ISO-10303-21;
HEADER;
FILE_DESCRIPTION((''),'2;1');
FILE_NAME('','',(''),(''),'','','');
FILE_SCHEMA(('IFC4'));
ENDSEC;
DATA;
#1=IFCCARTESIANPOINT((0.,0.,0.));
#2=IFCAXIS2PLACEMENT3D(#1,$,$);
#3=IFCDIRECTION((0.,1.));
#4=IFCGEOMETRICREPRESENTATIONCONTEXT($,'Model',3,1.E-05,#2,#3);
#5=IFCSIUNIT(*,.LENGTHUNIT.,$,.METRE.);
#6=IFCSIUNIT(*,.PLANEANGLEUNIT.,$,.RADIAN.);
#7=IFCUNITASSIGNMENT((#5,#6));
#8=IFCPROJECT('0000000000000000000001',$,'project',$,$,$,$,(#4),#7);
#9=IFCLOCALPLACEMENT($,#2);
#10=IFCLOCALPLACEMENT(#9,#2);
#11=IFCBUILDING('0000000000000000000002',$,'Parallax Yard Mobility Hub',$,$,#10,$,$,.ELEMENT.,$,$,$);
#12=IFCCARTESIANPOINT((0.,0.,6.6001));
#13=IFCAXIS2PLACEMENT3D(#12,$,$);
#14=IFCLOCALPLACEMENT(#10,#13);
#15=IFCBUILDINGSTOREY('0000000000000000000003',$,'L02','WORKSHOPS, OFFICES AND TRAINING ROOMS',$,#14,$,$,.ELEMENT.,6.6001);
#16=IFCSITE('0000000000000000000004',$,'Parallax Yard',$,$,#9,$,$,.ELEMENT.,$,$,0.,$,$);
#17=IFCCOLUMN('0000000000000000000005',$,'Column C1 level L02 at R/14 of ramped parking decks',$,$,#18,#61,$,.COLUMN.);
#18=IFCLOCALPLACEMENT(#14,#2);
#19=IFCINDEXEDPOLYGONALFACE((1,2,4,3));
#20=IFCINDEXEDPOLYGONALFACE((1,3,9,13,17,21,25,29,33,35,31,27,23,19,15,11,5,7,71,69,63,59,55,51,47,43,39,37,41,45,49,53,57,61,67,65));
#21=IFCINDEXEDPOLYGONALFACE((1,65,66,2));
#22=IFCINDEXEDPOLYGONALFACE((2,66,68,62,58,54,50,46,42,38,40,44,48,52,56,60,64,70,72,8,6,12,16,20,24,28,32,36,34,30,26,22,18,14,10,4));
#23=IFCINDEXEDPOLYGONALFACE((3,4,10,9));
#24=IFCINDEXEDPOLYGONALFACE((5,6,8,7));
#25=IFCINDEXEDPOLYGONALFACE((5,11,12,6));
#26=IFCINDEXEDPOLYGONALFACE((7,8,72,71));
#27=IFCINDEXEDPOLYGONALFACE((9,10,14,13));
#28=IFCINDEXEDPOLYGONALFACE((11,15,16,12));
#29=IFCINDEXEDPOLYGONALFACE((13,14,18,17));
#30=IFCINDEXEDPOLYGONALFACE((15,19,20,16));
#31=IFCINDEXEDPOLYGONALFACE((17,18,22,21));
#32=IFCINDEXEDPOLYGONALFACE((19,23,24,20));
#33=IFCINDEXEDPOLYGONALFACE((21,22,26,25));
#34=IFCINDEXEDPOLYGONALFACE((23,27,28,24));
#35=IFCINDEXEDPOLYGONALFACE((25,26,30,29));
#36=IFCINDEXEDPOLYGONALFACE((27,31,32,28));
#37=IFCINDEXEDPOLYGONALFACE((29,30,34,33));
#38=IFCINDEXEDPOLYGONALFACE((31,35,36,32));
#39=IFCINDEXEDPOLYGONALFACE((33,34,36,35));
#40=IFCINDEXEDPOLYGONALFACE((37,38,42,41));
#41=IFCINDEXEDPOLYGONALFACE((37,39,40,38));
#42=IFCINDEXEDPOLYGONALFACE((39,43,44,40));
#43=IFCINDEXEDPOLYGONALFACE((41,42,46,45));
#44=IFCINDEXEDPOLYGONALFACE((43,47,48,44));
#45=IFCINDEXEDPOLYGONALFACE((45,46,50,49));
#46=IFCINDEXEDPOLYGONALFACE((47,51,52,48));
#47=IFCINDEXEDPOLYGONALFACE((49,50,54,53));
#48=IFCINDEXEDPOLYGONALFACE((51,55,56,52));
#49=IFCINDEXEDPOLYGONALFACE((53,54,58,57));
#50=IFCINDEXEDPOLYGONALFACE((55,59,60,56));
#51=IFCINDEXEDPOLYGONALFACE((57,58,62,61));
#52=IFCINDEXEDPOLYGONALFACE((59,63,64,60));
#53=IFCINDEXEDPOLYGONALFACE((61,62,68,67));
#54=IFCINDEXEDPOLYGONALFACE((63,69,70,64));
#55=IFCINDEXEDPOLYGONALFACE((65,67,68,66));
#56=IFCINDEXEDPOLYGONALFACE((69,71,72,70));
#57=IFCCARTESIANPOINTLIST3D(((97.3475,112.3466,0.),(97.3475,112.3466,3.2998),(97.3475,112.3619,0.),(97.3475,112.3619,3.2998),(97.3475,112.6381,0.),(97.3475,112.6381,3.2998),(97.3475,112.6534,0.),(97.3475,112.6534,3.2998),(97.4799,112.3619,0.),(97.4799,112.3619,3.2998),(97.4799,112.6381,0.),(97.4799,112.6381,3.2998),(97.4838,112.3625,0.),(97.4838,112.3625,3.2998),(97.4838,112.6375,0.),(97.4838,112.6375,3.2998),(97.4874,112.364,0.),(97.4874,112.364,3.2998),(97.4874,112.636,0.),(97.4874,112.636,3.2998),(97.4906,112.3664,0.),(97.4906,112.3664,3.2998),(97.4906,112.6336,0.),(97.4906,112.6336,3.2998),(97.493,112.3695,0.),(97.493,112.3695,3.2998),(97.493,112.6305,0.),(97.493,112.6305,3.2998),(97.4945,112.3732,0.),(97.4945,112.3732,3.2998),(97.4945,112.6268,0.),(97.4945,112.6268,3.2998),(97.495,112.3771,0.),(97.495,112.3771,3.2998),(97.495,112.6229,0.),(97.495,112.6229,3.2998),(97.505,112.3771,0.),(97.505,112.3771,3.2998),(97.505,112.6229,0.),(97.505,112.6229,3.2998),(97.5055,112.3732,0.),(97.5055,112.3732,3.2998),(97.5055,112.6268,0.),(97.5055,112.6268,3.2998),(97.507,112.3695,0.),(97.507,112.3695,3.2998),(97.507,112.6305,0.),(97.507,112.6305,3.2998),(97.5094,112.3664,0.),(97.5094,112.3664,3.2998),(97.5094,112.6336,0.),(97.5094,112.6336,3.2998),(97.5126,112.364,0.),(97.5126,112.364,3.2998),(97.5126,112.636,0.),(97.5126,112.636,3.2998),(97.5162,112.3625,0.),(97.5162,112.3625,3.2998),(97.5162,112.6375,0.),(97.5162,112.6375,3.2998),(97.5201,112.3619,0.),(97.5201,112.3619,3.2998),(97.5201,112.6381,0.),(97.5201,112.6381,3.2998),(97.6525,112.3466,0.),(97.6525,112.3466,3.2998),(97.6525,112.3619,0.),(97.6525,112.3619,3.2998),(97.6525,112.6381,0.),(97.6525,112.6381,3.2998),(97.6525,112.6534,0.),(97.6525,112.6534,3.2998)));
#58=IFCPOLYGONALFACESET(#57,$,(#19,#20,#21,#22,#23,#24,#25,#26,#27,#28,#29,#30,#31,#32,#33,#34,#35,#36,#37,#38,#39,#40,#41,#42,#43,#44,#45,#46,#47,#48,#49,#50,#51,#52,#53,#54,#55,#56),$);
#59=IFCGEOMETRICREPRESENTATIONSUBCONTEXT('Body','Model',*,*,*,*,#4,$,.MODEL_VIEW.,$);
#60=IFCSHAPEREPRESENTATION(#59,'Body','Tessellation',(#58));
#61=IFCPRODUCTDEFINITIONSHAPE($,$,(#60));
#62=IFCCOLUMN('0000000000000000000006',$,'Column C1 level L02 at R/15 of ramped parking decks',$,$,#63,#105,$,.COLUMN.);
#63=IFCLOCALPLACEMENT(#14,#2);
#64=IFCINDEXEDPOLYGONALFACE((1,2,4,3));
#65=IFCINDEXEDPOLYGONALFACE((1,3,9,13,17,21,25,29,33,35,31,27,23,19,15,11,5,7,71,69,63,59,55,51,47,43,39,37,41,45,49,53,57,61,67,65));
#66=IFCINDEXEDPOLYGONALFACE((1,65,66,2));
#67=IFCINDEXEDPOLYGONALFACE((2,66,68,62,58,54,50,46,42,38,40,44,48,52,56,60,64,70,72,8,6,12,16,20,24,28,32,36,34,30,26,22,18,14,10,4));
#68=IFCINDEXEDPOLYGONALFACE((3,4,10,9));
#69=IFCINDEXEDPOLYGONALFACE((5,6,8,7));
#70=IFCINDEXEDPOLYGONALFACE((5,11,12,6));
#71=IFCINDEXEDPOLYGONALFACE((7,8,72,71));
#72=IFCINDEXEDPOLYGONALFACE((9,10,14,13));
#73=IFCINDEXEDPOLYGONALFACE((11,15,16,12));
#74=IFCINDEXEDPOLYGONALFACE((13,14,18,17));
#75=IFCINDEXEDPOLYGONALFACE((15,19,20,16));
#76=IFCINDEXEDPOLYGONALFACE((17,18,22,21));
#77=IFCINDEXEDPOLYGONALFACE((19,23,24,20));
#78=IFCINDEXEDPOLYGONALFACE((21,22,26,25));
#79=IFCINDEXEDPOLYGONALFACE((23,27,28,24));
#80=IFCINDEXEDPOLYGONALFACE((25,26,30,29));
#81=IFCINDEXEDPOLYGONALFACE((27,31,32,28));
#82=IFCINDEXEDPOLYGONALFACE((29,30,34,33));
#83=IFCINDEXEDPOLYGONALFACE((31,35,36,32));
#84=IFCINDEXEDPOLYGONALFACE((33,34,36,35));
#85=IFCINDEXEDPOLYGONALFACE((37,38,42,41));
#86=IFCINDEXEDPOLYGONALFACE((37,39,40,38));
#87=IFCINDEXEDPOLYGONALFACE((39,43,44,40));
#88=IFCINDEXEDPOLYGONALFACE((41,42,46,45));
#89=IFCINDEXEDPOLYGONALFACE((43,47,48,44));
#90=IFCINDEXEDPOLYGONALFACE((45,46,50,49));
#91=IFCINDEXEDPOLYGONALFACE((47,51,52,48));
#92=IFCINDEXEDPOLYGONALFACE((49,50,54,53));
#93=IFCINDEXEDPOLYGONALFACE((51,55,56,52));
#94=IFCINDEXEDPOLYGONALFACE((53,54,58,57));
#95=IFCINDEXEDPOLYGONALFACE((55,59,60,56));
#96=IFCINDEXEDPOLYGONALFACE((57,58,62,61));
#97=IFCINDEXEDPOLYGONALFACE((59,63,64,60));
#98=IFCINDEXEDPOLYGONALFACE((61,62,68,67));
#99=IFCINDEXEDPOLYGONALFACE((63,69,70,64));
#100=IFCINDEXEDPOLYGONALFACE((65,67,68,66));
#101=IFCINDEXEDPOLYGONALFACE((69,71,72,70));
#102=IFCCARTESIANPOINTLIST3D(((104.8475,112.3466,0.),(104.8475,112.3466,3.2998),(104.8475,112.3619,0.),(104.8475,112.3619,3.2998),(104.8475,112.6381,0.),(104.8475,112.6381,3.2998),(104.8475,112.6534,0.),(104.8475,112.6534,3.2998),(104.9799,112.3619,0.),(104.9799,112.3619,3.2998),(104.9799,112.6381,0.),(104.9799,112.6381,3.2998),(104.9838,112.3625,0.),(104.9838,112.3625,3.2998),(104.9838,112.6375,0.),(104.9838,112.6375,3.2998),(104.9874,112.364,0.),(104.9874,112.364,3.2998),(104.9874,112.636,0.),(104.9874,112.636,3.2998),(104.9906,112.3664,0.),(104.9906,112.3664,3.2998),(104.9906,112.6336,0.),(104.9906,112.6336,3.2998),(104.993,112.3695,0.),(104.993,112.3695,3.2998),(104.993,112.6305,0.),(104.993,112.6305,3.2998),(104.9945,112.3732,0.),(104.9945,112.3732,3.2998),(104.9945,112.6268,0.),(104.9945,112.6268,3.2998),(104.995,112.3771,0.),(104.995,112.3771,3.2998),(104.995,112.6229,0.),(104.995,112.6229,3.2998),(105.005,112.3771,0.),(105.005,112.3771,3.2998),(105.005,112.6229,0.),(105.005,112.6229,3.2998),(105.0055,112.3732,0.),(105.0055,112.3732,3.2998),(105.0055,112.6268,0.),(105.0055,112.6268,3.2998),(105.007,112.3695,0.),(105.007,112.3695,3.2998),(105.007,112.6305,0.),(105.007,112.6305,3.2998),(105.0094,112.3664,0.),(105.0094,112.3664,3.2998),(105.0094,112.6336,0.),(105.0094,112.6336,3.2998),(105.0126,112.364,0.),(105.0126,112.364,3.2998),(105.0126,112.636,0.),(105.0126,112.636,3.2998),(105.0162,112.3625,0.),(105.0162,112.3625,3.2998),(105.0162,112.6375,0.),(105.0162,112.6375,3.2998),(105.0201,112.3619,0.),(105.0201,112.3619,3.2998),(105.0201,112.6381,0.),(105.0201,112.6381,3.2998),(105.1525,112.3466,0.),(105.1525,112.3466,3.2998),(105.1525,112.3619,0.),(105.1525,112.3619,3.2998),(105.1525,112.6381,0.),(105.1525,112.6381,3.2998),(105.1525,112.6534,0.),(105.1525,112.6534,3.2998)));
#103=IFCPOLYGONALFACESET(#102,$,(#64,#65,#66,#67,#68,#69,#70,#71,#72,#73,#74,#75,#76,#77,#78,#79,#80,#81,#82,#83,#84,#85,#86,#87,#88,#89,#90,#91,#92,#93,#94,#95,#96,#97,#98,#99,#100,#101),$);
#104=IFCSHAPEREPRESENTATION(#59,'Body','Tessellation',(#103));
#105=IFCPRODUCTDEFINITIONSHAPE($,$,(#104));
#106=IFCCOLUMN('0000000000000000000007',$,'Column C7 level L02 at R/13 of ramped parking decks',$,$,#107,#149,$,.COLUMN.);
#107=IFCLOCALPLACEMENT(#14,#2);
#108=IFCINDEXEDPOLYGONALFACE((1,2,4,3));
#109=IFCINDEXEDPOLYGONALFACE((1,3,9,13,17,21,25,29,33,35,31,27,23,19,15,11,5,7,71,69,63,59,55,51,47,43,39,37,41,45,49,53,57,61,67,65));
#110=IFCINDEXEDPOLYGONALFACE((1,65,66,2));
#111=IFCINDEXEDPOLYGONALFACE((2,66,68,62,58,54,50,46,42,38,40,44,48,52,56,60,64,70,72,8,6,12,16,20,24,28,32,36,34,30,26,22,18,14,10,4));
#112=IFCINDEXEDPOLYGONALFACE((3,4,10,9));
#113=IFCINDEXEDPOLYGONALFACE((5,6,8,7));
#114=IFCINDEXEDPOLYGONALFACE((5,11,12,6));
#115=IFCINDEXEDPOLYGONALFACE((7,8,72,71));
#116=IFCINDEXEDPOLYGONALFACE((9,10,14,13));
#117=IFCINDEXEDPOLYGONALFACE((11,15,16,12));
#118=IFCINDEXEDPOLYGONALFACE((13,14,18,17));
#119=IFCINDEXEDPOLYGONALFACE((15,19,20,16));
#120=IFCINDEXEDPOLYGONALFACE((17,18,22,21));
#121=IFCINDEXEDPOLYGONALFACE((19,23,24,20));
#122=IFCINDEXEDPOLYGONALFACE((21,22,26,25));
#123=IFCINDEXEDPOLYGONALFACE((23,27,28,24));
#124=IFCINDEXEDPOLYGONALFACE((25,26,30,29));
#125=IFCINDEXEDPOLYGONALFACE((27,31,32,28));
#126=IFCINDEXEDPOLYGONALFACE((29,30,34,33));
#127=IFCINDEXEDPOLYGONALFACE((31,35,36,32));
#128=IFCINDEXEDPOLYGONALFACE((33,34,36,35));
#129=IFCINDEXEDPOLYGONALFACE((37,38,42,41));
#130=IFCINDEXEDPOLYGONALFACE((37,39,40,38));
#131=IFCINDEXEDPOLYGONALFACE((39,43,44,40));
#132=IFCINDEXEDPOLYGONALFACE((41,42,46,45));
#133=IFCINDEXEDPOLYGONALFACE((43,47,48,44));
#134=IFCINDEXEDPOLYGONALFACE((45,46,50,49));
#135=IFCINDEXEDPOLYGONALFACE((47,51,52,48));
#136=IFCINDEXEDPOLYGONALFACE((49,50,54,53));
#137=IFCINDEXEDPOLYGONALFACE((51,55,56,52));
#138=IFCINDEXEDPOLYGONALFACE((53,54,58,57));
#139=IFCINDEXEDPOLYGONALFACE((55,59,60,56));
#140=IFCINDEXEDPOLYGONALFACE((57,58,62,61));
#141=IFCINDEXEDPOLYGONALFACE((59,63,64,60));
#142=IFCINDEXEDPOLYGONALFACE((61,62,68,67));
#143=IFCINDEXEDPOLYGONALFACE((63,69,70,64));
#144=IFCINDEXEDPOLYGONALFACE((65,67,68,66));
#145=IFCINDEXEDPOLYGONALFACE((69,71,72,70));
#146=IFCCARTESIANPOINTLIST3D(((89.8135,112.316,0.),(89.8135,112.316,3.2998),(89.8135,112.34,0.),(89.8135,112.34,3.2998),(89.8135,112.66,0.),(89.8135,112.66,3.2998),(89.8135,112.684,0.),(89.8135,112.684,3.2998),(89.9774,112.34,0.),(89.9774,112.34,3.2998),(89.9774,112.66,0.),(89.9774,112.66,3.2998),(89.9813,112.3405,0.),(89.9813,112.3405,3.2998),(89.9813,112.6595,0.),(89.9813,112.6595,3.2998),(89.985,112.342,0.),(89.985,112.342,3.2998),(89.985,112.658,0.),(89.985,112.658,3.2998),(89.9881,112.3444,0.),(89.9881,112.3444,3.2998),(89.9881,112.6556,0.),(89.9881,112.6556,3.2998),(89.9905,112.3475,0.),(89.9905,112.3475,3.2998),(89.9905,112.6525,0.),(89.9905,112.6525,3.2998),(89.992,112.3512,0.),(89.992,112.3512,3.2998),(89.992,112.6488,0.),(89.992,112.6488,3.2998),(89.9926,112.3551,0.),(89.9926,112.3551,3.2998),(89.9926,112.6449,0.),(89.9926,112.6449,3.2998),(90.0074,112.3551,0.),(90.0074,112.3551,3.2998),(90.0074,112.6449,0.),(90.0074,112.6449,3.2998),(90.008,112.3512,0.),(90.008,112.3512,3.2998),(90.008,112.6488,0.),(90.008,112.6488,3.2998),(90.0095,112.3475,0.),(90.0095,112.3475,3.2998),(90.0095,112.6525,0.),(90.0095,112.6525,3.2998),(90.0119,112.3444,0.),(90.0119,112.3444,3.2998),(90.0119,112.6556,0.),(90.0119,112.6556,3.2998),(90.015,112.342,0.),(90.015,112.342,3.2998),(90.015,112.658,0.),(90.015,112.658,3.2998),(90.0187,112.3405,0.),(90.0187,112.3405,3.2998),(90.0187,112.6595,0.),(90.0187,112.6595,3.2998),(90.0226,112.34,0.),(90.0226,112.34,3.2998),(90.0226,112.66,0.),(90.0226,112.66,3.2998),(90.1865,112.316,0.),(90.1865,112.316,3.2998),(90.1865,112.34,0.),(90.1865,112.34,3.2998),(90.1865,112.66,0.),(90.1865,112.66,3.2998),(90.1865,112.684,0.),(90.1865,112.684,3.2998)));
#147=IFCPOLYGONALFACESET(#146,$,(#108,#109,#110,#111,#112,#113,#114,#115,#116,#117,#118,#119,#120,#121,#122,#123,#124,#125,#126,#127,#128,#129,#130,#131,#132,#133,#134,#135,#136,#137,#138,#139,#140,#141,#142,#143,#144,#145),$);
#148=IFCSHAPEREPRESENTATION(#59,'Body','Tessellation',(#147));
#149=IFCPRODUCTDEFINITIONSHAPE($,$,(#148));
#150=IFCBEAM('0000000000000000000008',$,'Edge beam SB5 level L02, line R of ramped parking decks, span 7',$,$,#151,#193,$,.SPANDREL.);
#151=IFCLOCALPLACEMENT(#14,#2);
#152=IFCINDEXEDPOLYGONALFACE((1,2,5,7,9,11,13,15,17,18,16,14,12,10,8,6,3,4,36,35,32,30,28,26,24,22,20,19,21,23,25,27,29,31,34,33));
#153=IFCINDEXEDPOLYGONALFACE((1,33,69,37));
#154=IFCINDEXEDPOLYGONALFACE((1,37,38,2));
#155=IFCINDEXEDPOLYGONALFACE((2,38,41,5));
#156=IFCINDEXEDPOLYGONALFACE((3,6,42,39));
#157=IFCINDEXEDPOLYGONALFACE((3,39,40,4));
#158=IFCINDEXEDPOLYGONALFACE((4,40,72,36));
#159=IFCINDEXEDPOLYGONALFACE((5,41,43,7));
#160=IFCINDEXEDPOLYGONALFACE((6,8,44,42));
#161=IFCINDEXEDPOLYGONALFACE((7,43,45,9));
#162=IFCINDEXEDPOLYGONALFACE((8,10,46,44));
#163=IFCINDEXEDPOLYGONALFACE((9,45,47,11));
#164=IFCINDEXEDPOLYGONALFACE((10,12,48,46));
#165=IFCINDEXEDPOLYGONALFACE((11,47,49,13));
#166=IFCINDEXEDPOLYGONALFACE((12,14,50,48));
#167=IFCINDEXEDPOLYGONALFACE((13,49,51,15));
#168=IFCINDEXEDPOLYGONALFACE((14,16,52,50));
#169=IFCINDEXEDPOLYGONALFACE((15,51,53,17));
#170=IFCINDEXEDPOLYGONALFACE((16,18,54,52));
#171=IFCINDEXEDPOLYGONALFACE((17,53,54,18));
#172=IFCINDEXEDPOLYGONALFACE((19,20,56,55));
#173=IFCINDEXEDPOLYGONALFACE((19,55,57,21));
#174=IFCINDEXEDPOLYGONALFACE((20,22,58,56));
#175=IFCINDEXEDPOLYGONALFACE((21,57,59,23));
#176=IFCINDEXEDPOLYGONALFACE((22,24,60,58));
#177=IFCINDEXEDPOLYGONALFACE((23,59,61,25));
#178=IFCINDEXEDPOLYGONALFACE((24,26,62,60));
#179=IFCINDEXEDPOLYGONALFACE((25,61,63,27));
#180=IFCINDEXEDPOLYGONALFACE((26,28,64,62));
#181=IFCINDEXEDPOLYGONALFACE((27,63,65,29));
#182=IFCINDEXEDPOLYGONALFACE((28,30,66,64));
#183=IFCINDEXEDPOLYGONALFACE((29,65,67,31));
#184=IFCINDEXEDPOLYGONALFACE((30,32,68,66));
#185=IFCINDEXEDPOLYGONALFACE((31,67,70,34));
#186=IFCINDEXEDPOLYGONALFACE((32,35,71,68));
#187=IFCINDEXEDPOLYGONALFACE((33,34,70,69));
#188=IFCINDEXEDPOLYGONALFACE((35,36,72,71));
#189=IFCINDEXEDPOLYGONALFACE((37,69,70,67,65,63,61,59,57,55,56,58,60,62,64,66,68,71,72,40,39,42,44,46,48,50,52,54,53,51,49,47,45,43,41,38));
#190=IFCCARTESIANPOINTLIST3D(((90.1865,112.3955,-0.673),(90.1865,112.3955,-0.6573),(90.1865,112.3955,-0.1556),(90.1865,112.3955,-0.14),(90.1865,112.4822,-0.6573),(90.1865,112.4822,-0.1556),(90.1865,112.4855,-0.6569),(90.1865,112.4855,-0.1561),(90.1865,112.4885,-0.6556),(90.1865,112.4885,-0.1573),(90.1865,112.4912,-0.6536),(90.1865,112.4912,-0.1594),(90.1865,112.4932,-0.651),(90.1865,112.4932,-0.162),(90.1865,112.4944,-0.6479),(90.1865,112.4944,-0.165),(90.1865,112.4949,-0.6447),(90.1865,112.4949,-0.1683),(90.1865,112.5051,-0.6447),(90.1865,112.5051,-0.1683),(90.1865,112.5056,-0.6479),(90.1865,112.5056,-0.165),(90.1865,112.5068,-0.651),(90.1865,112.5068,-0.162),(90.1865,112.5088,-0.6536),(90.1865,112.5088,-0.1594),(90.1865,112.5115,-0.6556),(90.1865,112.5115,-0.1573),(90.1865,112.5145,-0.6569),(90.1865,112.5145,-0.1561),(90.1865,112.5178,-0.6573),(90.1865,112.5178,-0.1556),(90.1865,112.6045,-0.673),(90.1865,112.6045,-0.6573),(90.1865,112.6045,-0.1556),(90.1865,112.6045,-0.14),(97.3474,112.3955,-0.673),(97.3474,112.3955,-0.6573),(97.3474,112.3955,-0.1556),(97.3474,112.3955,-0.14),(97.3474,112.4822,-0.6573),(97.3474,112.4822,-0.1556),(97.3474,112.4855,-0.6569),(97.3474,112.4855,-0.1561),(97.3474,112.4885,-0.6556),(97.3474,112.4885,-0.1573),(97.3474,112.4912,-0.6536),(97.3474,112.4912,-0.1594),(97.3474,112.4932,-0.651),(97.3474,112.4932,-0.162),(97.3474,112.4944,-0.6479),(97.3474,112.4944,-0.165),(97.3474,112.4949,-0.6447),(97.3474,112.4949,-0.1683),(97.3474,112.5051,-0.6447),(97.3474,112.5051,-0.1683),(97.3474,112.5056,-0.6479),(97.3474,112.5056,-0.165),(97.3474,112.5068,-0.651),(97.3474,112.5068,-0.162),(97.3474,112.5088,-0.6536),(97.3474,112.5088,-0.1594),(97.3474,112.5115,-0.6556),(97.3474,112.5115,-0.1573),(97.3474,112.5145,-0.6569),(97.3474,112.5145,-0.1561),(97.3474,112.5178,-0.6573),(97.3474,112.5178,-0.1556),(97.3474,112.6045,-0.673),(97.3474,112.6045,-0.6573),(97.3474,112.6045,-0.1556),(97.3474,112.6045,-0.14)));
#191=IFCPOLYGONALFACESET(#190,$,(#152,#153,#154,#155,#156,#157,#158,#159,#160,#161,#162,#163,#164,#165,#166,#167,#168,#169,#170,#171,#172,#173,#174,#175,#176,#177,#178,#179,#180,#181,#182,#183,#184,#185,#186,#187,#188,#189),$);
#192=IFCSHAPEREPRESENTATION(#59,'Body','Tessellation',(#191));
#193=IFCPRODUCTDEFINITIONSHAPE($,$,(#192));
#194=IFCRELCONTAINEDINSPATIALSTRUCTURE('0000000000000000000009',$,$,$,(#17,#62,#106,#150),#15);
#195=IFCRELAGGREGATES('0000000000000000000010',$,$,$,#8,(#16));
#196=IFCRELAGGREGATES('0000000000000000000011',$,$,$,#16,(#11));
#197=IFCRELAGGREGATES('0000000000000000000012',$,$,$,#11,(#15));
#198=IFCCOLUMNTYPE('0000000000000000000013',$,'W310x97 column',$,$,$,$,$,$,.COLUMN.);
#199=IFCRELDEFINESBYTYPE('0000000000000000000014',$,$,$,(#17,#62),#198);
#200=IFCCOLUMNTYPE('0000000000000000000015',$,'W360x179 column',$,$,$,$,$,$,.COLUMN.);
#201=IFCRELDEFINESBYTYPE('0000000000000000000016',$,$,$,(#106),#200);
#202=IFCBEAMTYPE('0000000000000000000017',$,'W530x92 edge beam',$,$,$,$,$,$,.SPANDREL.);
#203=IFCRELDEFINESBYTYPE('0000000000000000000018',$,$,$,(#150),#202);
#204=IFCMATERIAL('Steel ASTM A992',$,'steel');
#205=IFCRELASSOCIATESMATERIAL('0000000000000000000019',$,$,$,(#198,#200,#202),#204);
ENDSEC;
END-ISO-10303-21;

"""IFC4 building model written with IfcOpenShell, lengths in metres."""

from ifc_helpers import new_model, si_unit, direction, frame, origin, origin_2d, place, context, subcontext, project, spatial, i_section, extrude, material, material_profile, profile_set, type_object, element, save


model = new_model("IFC4")

# Units and contexts
model_context = context("Model", 3, precision=1e-05, world=origin(), true_north=direction((0.0, 1.0)))
body_context = subcontext(model_context, "Body", "Model", "MODEL_VIEW")
ifc_project = project(units=[si_unit("LENGTHUNIT", "METRE"), si_unit("PLANEANGLEUNIT", "RADIAN")], contexts=[model_context])

# Site, building, storey
site_placement = place(None, origin())
site = spatial("IfcSite", under=ifc_project, at=site_placement, Name="Parallax Yard", CompositionType="ELEMENT", RefElevation=0.0)
building_placement = place(site_placement, origin())
building = spatial("IfcBuilding", under=site, at=building_placement, Name="Parallax Yard Mobility Hub", CompositionType="ELEMENT")
storey_placement = place(building_placement, frame((0.0, 0.0, 6.6001)))
storey = spatial("IfcBuildingStorey", under=building, at=storey_placement, Name="L02", Description="WORKSHOPS, OFFICES AND TRAINING ROOMS", CompositionType="ELEMENT", Elevation=6.6001)

# Columns
ifc_material_1 = material(Name="Steel ASTM A992", Category="steel")
ifc_material_profile_1 = material_profile(ifc_material_1, i_section(OverallWidth=0.3049, OverallDepth=0.3069, WebThickness=0.01, FlangeThickness=0.0154, FilletRadius=0.0151, at=origin_2d()), Name="W310x97")
ifc_profile_set_1 = profile_set([ifc_material_profile_1], Name="Steel ASTM A992")
column_type_1 = type_object("IfcColumnType", Name="W310x97 column", PredefinedType="COLUMN", material=ifc_profile_set_1)
for number, where, z_axis, x_axis, name in (
    (1, (97.5, 112.5, 0.0), (0.0, 0.0, 1.0), (1.0, 0.0, 0.0), "Column C1 level L02 at R/14 of ramped parking decks"),
    (2, (105.0, 112.5, 0.0), (0.0, 0.0, 1.0), (1.0, 0.0, 0.0), "Column C1 level L02 at R/15 of ramped parking decks"),
):
    element("IfcColumn", number, at=place(storey_placement, frame(where, z_axis=z_axis, x_axis=x_axis)), inside=storey, type_object=column_type_1, Name=name, PredefinedType="COLUMN", context=body_context, shape_type="SweptSolid", body=[
        extrude(i_section(OverallWidth=0.3049, OverallDepth=0.3069, WebThickness=0.01, FlangeThickness=0.0154, FilletRadius=0.0151, at=origin_2d()), origin(), (0.0, 0.0, 1.0), 3.2998),
    ])
ifc_material_profile_2 = material_profile(ifc_material_1, i_section(OverallWidth=0.373, OverallDepth=0.3679, WebThickness=0.0149, FlangeThickness=0.0239, FilletRadius=0.0151, at=origin_2d()), Name="W360x179")
ifc_profile_set_2 = profile_set([ifc_material_profile_2], Name="Steel ASTM A992")
column_type_2 = type_object("IfcColumnType", Name="W360x179 column", PredefinedType="COLUMN", material=ifc_profile_set_2)
column_placement = place(storey_placement, frame((90.0, 112.5, 0.0), z_axis=(0.0, 0.0, 1.0), x_axis=(1.0, 0.0, 0.0)))
element("IfcColumn", 3, at=column_placement, inside=storey, type_object=column_type_2, Name="Column C7 level L02 at R/13 of ramped parking decks", PredefinedType="COLUMN", context=body_context, shape_type="SweptSolid", body=[
    extrude(i_section(OverallWidth=0.373, OverallDepth=0.3679, WebThickness=0.0149, FlangeThickness=0.0239, FilletRadius=0.0151, at=origin_2d()), origin(), (0.0, 0.0, 1.0), 3.2998),
])

# Beam
ifc_material_profile_3 = material_profile(ifc_material_1, i_section(OverallWidth=0.209, OverallDepth=0.533, WebThickness=0.0103, FlangeThickness=0.0156, FilletRadius=0.0127, at=origin_2d()), Name="W530x92")
ifc_profile_set_3 = profile_set([ifc_material_profile_3], Name="Steel ASTM A992")
beam_type_1 = type_object("IfcBeamType", Name="W530x92 edge beam", PredefinedType="SPANDREL", material=ifc_profile_set_3)
beam_1_placement = place(storey_placement, frame((90.1865, 112.5, -0.4065), z_axis=(1.0, 0.0, 0.0), x_axis=(0.0, 1.0, 0.0)))
element("IfcBeam", 4, at=beam_1_placement, inside=storey, type_object=beam_type_1, Name="Edge beam SB5 level L02, line R of ramped parking decks, span 7", PredefinedType="SPANDREL", context=body_context, shape_type="SweptSolid", body=[
    extrude(i_section(OverallWidth=0.209, OverallDepth=0.533, WebThickness=0.0103, FlangeThickness=0.0156, FilletRadius=0.0127, at=origin_2d()), origin(), (0.0, 0.0, 1.0), 7.1609),
])

save(model, "model.ifc")
